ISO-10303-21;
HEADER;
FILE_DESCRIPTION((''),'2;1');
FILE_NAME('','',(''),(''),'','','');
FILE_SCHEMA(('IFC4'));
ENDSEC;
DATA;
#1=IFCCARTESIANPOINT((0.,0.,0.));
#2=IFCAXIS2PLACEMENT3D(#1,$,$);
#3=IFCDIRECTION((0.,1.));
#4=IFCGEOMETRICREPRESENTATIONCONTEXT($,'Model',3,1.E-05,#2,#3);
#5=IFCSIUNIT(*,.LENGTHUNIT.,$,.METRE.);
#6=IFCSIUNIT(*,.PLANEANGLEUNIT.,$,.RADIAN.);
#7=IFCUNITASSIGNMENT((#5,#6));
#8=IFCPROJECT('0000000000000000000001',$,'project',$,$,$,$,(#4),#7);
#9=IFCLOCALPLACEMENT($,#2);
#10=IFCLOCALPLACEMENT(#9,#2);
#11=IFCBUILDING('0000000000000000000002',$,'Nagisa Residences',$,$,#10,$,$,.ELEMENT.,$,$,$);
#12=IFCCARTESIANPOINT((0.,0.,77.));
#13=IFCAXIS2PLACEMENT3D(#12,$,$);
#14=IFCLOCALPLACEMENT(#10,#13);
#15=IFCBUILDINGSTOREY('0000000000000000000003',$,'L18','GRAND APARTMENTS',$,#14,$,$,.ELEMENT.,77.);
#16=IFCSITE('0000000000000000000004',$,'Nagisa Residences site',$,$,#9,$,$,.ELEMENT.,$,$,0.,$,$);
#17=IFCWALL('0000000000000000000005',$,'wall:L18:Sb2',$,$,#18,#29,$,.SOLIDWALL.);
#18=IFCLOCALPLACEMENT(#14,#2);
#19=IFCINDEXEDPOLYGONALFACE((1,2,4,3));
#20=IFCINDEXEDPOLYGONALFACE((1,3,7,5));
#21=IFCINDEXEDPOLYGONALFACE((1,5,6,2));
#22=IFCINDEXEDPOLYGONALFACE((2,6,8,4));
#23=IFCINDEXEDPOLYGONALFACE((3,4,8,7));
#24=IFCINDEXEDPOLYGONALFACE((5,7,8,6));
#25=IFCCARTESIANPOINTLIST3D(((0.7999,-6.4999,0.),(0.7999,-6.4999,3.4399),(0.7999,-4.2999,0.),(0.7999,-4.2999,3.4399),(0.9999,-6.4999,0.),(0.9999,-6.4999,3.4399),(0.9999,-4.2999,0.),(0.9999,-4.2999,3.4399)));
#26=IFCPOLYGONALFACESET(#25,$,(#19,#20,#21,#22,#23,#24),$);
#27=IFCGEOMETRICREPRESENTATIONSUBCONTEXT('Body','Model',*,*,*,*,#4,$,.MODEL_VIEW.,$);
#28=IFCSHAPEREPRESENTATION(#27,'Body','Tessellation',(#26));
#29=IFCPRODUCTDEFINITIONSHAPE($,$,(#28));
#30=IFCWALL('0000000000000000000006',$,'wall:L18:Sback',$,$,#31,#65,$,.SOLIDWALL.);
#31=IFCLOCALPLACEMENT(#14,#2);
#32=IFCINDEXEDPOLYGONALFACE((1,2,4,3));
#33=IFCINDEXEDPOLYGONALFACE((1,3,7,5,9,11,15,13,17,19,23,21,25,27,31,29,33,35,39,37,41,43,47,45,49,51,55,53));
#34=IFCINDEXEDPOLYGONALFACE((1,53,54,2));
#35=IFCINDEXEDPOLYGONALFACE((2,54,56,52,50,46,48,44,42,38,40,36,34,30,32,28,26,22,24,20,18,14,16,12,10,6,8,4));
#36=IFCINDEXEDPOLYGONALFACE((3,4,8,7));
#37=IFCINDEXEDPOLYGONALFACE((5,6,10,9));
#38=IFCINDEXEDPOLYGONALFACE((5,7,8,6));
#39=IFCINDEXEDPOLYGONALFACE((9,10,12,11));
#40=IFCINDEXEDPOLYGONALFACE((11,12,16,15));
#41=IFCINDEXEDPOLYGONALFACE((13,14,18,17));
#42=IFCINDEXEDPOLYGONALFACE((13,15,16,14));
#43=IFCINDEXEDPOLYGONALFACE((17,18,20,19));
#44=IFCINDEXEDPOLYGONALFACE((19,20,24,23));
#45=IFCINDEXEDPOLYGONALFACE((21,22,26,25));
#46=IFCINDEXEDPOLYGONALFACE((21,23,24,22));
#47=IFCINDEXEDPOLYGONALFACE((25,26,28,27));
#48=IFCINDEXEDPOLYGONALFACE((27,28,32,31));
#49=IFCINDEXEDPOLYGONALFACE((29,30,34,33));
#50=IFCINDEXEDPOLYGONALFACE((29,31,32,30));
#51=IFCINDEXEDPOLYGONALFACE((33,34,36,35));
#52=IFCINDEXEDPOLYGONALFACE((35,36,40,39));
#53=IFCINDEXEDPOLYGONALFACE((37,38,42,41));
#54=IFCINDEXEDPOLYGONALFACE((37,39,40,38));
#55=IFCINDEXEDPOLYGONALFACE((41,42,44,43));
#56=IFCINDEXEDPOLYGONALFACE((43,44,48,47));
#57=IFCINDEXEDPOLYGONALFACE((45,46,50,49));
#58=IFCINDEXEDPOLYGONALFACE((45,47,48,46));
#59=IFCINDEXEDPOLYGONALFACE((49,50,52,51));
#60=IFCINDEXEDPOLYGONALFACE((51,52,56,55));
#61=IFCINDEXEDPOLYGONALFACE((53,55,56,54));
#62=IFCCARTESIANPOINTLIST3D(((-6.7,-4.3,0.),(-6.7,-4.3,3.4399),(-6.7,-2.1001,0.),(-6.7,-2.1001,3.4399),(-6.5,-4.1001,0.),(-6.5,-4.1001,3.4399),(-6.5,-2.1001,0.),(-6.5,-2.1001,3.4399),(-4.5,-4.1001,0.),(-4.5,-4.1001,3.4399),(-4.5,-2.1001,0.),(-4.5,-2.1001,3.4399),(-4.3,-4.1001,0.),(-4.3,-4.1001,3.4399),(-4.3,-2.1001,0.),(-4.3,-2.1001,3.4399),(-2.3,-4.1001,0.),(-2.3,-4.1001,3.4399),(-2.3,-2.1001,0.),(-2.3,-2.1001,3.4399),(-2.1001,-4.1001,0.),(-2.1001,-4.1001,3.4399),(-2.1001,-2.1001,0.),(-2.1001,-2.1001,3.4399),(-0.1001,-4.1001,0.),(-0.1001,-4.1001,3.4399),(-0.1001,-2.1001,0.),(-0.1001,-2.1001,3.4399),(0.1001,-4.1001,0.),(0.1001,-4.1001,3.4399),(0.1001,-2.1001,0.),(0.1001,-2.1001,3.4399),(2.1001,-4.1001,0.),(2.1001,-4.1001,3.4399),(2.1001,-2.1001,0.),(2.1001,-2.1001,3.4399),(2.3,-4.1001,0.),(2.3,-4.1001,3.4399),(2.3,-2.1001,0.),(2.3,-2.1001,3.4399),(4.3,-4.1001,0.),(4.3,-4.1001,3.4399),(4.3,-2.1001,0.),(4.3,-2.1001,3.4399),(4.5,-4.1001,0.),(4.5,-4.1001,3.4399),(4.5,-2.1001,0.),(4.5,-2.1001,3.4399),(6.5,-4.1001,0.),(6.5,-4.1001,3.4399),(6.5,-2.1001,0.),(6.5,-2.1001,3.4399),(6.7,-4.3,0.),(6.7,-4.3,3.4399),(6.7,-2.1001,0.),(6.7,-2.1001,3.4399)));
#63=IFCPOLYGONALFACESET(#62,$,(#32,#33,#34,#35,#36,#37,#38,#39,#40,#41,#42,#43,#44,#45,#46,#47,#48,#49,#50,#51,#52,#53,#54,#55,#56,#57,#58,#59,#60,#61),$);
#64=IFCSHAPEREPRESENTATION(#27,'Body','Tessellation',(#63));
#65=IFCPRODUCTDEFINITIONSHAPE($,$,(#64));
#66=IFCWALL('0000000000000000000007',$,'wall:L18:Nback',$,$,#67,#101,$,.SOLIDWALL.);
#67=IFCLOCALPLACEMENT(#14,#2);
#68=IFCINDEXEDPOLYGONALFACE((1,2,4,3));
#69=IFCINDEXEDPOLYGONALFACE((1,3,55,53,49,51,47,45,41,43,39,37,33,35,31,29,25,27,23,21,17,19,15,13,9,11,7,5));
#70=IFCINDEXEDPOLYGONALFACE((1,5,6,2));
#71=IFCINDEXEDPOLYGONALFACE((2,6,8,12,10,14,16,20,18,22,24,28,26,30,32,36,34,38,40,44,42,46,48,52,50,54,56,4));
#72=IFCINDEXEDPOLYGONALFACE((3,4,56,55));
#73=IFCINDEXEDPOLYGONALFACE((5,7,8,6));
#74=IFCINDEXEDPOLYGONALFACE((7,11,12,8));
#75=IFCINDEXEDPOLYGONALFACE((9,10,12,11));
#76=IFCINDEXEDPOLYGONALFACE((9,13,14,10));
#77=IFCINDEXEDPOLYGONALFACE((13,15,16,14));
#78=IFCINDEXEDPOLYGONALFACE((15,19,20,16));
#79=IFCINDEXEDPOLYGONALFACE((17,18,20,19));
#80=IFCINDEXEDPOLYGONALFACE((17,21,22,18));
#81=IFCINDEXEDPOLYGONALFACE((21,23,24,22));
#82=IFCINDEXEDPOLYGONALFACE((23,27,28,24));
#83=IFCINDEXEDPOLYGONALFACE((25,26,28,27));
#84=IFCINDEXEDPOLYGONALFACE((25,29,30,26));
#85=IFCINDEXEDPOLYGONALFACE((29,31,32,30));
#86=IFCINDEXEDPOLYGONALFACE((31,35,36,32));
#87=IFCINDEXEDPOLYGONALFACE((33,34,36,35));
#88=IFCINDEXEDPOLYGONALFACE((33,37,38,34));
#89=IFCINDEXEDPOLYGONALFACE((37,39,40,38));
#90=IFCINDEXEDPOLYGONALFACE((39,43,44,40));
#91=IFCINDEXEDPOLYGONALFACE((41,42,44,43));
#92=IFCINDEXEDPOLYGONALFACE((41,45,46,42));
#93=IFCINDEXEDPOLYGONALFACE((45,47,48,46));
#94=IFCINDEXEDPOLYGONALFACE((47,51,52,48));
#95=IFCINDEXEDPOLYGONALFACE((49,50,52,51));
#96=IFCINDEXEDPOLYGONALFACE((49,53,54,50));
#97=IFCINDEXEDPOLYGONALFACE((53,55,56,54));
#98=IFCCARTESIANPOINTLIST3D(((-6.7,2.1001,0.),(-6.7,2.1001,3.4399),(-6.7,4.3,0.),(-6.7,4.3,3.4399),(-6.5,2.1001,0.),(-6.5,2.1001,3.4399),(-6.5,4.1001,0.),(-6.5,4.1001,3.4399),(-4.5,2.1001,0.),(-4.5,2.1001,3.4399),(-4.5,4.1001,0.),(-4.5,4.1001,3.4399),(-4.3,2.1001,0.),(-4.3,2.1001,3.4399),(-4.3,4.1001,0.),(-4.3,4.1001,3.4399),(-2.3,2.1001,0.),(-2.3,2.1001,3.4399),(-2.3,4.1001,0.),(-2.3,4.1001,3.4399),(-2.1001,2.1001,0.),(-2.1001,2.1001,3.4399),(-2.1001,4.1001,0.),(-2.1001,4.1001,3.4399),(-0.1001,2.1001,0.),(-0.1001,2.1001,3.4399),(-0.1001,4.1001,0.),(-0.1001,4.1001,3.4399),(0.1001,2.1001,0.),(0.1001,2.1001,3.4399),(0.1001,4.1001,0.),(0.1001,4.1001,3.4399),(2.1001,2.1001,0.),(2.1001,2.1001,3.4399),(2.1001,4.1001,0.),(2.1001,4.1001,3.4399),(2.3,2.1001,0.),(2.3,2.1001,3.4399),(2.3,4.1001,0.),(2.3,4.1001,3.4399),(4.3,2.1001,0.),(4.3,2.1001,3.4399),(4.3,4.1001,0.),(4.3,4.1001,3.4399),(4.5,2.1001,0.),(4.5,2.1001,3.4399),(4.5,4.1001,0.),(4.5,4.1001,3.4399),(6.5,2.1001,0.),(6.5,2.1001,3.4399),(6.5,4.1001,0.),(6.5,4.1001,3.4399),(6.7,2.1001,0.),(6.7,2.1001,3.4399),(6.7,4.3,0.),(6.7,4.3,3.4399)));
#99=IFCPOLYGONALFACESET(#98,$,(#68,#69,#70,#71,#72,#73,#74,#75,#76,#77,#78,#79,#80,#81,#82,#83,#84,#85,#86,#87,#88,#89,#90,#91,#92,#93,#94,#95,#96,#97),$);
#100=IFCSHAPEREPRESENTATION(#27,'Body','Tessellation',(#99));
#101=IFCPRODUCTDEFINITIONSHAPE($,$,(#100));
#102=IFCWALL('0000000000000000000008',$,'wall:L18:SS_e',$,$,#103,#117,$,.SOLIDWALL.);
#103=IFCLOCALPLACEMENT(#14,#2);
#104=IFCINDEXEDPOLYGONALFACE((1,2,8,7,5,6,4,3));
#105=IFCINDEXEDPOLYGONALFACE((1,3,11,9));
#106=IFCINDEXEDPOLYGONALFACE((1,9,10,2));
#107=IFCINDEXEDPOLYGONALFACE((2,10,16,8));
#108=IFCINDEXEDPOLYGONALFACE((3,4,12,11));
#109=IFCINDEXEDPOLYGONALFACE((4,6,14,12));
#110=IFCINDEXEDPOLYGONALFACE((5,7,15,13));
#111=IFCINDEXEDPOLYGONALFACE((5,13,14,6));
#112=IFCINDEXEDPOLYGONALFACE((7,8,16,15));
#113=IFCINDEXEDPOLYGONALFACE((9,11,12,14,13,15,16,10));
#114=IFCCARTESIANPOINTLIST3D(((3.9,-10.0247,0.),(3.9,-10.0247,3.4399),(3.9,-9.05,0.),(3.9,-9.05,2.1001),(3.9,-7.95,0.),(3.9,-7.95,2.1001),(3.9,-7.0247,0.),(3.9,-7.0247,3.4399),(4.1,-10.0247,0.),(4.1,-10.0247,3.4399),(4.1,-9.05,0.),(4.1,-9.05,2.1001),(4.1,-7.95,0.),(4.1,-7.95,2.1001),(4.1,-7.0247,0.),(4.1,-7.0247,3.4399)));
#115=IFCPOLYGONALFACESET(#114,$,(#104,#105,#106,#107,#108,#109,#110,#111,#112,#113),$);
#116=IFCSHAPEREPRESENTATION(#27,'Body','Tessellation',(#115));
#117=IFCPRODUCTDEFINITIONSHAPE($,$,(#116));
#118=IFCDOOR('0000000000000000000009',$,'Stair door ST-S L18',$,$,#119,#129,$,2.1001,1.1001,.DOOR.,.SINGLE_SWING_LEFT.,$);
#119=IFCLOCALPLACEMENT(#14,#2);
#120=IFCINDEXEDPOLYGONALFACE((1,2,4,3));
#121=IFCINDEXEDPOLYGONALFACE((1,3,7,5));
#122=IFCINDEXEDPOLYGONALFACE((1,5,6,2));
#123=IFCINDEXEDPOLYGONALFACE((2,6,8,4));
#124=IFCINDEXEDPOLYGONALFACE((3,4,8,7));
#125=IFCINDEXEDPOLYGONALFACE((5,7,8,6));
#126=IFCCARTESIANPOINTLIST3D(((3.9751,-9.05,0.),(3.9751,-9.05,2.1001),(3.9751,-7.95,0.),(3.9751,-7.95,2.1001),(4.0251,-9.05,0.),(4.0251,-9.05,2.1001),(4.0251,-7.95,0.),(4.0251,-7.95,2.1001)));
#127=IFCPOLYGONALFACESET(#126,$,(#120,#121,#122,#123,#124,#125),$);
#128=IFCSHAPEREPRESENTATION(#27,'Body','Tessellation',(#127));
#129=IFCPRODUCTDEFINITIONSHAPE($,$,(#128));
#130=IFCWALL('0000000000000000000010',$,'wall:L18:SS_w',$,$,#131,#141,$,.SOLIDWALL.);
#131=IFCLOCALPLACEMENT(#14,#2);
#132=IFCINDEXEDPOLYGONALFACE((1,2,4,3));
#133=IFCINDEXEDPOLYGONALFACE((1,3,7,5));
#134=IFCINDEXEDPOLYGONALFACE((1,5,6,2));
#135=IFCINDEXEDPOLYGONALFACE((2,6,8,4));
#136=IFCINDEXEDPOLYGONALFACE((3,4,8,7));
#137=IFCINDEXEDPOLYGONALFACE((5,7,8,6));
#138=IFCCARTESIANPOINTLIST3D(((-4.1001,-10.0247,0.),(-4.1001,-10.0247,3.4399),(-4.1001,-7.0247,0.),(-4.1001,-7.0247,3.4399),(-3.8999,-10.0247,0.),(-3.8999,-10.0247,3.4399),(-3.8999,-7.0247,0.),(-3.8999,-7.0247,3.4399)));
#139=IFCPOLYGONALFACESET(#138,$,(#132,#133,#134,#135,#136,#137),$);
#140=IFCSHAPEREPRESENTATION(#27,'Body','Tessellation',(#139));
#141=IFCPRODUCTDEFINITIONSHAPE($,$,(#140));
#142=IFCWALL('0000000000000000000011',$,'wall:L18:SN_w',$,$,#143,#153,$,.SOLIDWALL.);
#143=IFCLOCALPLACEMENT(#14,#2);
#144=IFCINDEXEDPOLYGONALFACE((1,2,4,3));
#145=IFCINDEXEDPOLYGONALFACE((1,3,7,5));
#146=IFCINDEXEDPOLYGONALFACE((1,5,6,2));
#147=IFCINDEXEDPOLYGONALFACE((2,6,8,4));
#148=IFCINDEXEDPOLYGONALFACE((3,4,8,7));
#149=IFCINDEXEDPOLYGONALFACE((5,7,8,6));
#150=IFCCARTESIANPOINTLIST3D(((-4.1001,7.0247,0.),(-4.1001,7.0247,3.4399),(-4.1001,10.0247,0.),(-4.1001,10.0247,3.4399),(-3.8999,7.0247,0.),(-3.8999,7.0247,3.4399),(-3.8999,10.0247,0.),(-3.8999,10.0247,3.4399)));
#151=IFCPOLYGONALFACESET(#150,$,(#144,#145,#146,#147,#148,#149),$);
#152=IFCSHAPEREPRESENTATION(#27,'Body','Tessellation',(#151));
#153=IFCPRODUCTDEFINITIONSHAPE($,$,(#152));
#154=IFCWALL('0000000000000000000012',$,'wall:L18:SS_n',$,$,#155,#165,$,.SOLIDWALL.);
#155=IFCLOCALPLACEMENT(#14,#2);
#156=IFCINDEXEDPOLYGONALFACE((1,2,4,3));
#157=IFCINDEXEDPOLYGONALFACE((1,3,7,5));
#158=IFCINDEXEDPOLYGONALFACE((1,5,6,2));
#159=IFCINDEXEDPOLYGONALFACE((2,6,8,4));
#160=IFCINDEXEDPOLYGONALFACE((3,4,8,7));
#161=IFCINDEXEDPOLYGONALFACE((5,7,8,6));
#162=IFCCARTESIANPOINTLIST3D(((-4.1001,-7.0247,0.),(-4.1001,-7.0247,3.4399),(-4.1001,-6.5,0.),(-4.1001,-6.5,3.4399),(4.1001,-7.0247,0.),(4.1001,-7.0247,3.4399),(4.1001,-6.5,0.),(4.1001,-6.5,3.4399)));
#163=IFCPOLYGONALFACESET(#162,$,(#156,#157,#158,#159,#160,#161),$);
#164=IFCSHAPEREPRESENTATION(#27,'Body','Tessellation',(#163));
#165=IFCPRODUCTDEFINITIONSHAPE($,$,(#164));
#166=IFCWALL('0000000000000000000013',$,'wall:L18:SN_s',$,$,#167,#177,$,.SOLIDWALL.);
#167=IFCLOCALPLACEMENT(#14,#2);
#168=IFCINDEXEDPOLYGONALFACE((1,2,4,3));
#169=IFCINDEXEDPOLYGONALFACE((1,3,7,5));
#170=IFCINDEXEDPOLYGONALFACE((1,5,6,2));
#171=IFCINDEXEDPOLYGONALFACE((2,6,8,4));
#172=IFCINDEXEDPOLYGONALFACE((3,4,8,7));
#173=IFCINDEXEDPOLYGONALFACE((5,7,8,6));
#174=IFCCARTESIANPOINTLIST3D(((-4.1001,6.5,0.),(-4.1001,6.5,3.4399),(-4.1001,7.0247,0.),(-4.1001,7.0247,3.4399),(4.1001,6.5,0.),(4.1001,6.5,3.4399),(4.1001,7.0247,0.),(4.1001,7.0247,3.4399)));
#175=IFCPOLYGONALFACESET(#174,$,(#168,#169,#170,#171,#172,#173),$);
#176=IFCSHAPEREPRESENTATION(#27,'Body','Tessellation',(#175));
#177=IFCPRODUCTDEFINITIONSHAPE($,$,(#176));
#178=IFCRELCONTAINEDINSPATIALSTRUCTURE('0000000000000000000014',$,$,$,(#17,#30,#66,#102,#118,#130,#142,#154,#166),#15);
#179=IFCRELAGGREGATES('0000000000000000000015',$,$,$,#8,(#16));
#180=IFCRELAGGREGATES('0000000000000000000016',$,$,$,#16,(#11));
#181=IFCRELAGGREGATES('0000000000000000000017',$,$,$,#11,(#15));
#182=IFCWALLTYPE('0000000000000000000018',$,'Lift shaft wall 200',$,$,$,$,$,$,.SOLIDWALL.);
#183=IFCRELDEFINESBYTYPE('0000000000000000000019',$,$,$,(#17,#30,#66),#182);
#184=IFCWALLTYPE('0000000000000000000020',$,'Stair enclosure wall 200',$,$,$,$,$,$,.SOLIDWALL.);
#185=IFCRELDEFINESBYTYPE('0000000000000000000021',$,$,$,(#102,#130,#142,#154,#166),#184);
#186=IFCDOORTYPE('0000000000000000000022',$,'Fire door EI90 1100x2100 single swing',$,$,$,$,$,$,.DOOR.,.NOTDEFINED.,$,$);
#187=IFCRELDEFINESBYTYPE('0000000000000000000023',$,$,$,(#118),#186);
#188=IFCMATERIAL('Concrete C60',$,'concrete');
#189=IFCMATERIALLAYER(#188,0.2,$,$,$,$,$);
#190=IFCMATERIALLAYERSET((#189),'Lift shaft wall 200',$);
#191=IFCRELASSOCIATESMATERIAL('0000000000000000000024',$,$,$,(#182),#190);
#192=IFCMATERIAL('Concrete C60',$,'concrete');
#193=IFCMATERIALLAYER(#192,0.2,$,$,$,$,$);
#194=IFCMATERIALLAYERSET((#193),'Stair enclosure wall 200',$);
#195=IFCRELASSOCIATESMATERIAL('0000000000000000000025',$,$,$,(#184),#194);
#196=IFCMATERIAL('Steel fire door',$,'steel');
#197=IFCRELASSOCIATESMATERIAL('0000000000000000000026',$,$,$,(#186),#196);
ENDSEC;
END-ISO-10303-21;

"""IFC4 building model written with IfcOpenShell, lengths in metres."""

from ifc_helpers import new_model, si_unit, direction, frame, frame_2d, origin, place, context, subcontext, project, spatial, polyline, rectangle, outline, extrude, material, layer, layer_set, type_object, element, fill, save


model = new_model("IFC4")

# Units and contexts
model_context = context("Model", 3, precision=1e-05, world=origin(), true_north=direction((0.0, 1.0)))
body_context = subcontext(model_context, "Body", "Model", "MODEL_VIEW")
ifc_project = project(units=[si_unit("LENGTHUNIT", "METRE"), si_unit("PLANEANGLEUNIT", "RADIAN")], contexts=[model_context])

# Site, building, storey
site_placement = place(None, origin())
site = spatial("IfcSite", under=ifc_project, at=site_placement, Name="Nagisa Residences site", CompositionType="ELEMENT", RefElevation=0.0)
building_placement = place(site_placement, origin())
building = spatial("IfcBuilding", under=site, at=building_placement, Name="Nagisa Residences", CompositionType="ELEMENT")
storey_placement = place(building_placement, frame((0.0, 0.0, 77.0)))
storey = spatial("IfcBuildingStorey", under=building, at=storey_placement, Name="L18", Description="GRAND APARTMENTS", CompositionType="ELEMENT", Elevation=77.0)

# Shared definitions
ifc_material_1 = material(Name="Concrete C60", Category="concrete")
ifc_layer_1 = layer(ifc_material_1, 0.2)
ifc_layer_set_1 = layer_set([ifc_layer_1], Name="Lift shaft wall 200")
wall_type_1 = type_object("IfcWallType", Name="Lift shaft wall 200", PredefinedType="SOLIDWALL", material=ifc_layer_set_1)

# Walls
wall_1_placement = place(storey_placement, frame((0.8999, -6.5, 0.0), z_axis=(0.0, 0.0, 1.0), x_axis=(0.0, 1.0, 0.0)))
element("IfcWall", 1, at=wall_1_placement, inside=storey, type_object=wall_type_1, Name="wall:L18:Sb2", PredefinedType="SOLIDWALL", context=body_context, shape_type="SweptSolid", body=[
    extrude(rectangle(XDim=2.2, YDim=0.2, at=frame_2d((1.1001, 0.0))), origin(), (0.0, 0.0, 1.0), 3.4399),
])
wall_2_placement = place(storey_placement, origin())
element("IfcWall", 2, at=wall_2_placement, inside=storey, type_object=wall_type_1, Name="wall:L18:Sback", PredefinedType="SOLIDWALL", context=body_context, shape_type="SweptSolid", body=[
    extrude(outline(polyline([(-6.7, -2.1001), (-6.5, -2.1001), (-6.5, -4.1001), (-4.5, -4.1001), (-4.5, -2.1001), (-4.3, -2.1001), (-4.3, -4.1001), (-2.3, -4.1001), (-2.3, -2.1001), (-2.1001, -2.1001), (-2.1001, -4.1001), (-0.1001, -4.1001), (-0.1001, -2.1001), (0.1001, -2.1001), (0.1001, -4.1001), (2.1001, -4.1001), (2.1001, -2.1001), (2.3, -2.1001), (2.3, -4.1001), (4.3, -4.1001), (4.3, -2.1001), (4.5, -2.1001), (4.5, -4.1001), (6.5, -4.1001), (6.5, -2.1001), (6.7, -2.1001), (6.7, -4.3), (-6.7, -4.3), (-6.7, -2.1001)])), origin(), (0.0, 0.0, 1.0), 3.4399),
])
wall_3_placement = place(storey_placement, origin())
element("IfcWall", 3, at=wall_3_placement, inside=storey, type_object=wall_type_1, Name="wall:L18:Nback", PredefinedType="SOLIDWALL", context=body_context, shape_type="SweptSolid", body=[
    extrude(outline(polyline([(-6.5, 2.1001), (-6.7, 2.1001), (-6.7, 4.3), (6.7, 4.3), (6.7, 2.1001), (6.5, 2.1001), (6.5, 4.1001), (4.5, 4.1001), (4.5, 2.1001), (4.3, 2.1001), (4.3, 4.1001), (2.3, 4.1001), (2.3, 2.1001), (2.1001, 2.1001), (2.1001, 4.1001), (0.1001, 4.1001), (0.1001, 2.1001), (-0.1001, 2.1001), (-0.1001, 4.1001), (-2.1001, 4.1001), (-2.1001, 2.1001), (-2.3, 2.1001), (-2.3, 4.1001), (-4.3, 4.1001), (-4.3, 2.1001), (-4.5, 2.1001), (-4.5, 4.1001), (-6.5, 4.1001), (-6.5, 2.1001)])), origin(), (0.0, 0.0, 1.0), 3.4399),
])

# Wall, opening, door
ifc_material_2 = material(Name="Concrete C60", Category="concrete")
ifc_layer_2 = layer(ifc_material_2, 0.2)
ifc_layer_set_2 = layer_set([ifc_layer_2], Name="Stair enclosure wall 200")
wall_type_2 = type_object("IfcWallType", Name="Stair enclosure wall 200", PredefinedType="SOLIDWALL", material=ifc_layer_set_2)
wall_4_placement = place(storey_placement, frame((4.0, -10.0247, 0.0), z_axis=(0.0, 0.0, 1.0), x_axis=(0.0, 1.0, 0.0)))
wall_4 = element("IfcWall", 4, at=wall_4_placement, inside=storey, type_object=wall_type_2, Name="wall:L18:SS_e", PredefinedType="SOLIDWALL", context=body_context, shape_type="SweptSolid", body=[
    extrude(rectangle(XDim=3.0, YDim=0.2, at=frame_2d((1.5, 0.0))), origin(), (0.0, 0.0, 1.0), 3.4399),
])
opening_1_placement = place(wall_4_placement, frame((0.9746, 0.0, 0.0)))
opening_1 = element("IfcOpeningElement", 5, at=opening_1_placement, cuts=wall_4, PredefinedType="OPENING", context=body_context, shape_type="SweptSolid", body=[
    extrude(rectangle(XDim=1.1001, YDim=2.1001, at=frame_2d((0.55, 1.05))), frame((0.0, 0.1099, 0.0), z_axis=(0.0, -1.0, 0.0), x_axis=(1.0, 0.0, 0.0)), (0.0, 0.0, 1.0), 0.22),
])
ifc_material_3 = material(Name="Steel fire door", Category="steel")
door_type_1 = type_object("IfcDoorType", Name="Fire door EI90 1100x2100 single swing", OperationType="NOTDEFINED", PredefinedType="DOOR", material=ifc_material_3)
door_1_placement = place(opening_1_placement, origin())
door_1 = element("IfcDoor", 6, at=door_1_placement, inside=storey, type_object=door_type_1, Name="Stair door ST-S L18", OperationType="SINGLE_SWING_LEFT", OverallHeight=2.1001, OverallWidth=1.1001, PredefinedType="DOOR", context=body_context, shape_type="SweptSolid", body=[
    extrude(rectangle(XDim=1.1001, YDim=2.1001, at=frame_2d((0.55, 1.05))), frame((0.0, 0.0249, 0.0), z_axis=(0.0, -1.0, 0.0), x_axis=(1.0, 0.0, 0.0)), (0.0, 0.0, 1.0), 0.05),
])
fill(opening_1, door_1)

# Walls
wall_5_placement = place(storey_placement, origin())
element("IfcWall", 7, at=wall_5_placement, inside=storey, type_object=wall_type_2, Name="wall:L18:SS_w", PredefinedType="SOLIDWALL", context=body_context, shape_type="SweptSolid", body=[
    extrude(outline(polyline([(-3.8999, -10.0247), (-4.1001, -10.0247), (-4.1001, -7.0247), (-3.8999, -7.0247), (-3.8999, -10.0247)])), origin(), (0.0, 0.0, 1.0), 3.4399),
])
wall_6_placement = place(storey_placement, origin())
element("IfcWall", 8, at=wall_6_placement, inside=storey, type_object=wall_type_2, Name="wall:L18:SN_w", PredefinedType="SOLIDWALL", context=body_context, shape_type="SweptSolid", body=[
    extrude(outline(polyline([(-3.8999, 7.0247), (-4.1001, 7.0247), (-4.1001, 10.0247), (-3.8999, 10.0247), (-3.8999, 7.0247)])), origin(), (0.0, 0.0, 1.0), 3.4399),
])
wall_7_placement = place(storey_placement, origin())
element("IfcWall", 9, at=wall_7_placement, inside=storey, type_object=wall_type_2, Name="wall:L18:SS_n", PredefinedType="SOLIDWALL", context=body_context, shape_type="SweptSolid", body=[
    extrude(outline(polyline([(4.1001, -7.0247), (-4.1001, -7.0247), (-4.1001, -6.5), (4.1001, -6.5), (4.1001, -7.0247)])), origin(), (0.0, 0.0, 1.0), 3.4399),
])
wall_8_placement = place(storey_placement, origin())
element("IfcWall", 10, at=wall_8_placement, inside=storey, type_object=wall_type_2, Name="wall:L18:SN_s", PredefinedType="SOLIDWALL", context=body_context, shape_type="SweptSolid", body=[
    extrude(outline(polyline([(4.1001, 6.5), (-4.1001, 6.5), (-4.1001, 7.0247), (4.1001, 7.0247), (4.1001, 6.5)])), origin(), (0.0, 0.0, 1.0), 3.4399),
])

save(model, "model.ifc")
